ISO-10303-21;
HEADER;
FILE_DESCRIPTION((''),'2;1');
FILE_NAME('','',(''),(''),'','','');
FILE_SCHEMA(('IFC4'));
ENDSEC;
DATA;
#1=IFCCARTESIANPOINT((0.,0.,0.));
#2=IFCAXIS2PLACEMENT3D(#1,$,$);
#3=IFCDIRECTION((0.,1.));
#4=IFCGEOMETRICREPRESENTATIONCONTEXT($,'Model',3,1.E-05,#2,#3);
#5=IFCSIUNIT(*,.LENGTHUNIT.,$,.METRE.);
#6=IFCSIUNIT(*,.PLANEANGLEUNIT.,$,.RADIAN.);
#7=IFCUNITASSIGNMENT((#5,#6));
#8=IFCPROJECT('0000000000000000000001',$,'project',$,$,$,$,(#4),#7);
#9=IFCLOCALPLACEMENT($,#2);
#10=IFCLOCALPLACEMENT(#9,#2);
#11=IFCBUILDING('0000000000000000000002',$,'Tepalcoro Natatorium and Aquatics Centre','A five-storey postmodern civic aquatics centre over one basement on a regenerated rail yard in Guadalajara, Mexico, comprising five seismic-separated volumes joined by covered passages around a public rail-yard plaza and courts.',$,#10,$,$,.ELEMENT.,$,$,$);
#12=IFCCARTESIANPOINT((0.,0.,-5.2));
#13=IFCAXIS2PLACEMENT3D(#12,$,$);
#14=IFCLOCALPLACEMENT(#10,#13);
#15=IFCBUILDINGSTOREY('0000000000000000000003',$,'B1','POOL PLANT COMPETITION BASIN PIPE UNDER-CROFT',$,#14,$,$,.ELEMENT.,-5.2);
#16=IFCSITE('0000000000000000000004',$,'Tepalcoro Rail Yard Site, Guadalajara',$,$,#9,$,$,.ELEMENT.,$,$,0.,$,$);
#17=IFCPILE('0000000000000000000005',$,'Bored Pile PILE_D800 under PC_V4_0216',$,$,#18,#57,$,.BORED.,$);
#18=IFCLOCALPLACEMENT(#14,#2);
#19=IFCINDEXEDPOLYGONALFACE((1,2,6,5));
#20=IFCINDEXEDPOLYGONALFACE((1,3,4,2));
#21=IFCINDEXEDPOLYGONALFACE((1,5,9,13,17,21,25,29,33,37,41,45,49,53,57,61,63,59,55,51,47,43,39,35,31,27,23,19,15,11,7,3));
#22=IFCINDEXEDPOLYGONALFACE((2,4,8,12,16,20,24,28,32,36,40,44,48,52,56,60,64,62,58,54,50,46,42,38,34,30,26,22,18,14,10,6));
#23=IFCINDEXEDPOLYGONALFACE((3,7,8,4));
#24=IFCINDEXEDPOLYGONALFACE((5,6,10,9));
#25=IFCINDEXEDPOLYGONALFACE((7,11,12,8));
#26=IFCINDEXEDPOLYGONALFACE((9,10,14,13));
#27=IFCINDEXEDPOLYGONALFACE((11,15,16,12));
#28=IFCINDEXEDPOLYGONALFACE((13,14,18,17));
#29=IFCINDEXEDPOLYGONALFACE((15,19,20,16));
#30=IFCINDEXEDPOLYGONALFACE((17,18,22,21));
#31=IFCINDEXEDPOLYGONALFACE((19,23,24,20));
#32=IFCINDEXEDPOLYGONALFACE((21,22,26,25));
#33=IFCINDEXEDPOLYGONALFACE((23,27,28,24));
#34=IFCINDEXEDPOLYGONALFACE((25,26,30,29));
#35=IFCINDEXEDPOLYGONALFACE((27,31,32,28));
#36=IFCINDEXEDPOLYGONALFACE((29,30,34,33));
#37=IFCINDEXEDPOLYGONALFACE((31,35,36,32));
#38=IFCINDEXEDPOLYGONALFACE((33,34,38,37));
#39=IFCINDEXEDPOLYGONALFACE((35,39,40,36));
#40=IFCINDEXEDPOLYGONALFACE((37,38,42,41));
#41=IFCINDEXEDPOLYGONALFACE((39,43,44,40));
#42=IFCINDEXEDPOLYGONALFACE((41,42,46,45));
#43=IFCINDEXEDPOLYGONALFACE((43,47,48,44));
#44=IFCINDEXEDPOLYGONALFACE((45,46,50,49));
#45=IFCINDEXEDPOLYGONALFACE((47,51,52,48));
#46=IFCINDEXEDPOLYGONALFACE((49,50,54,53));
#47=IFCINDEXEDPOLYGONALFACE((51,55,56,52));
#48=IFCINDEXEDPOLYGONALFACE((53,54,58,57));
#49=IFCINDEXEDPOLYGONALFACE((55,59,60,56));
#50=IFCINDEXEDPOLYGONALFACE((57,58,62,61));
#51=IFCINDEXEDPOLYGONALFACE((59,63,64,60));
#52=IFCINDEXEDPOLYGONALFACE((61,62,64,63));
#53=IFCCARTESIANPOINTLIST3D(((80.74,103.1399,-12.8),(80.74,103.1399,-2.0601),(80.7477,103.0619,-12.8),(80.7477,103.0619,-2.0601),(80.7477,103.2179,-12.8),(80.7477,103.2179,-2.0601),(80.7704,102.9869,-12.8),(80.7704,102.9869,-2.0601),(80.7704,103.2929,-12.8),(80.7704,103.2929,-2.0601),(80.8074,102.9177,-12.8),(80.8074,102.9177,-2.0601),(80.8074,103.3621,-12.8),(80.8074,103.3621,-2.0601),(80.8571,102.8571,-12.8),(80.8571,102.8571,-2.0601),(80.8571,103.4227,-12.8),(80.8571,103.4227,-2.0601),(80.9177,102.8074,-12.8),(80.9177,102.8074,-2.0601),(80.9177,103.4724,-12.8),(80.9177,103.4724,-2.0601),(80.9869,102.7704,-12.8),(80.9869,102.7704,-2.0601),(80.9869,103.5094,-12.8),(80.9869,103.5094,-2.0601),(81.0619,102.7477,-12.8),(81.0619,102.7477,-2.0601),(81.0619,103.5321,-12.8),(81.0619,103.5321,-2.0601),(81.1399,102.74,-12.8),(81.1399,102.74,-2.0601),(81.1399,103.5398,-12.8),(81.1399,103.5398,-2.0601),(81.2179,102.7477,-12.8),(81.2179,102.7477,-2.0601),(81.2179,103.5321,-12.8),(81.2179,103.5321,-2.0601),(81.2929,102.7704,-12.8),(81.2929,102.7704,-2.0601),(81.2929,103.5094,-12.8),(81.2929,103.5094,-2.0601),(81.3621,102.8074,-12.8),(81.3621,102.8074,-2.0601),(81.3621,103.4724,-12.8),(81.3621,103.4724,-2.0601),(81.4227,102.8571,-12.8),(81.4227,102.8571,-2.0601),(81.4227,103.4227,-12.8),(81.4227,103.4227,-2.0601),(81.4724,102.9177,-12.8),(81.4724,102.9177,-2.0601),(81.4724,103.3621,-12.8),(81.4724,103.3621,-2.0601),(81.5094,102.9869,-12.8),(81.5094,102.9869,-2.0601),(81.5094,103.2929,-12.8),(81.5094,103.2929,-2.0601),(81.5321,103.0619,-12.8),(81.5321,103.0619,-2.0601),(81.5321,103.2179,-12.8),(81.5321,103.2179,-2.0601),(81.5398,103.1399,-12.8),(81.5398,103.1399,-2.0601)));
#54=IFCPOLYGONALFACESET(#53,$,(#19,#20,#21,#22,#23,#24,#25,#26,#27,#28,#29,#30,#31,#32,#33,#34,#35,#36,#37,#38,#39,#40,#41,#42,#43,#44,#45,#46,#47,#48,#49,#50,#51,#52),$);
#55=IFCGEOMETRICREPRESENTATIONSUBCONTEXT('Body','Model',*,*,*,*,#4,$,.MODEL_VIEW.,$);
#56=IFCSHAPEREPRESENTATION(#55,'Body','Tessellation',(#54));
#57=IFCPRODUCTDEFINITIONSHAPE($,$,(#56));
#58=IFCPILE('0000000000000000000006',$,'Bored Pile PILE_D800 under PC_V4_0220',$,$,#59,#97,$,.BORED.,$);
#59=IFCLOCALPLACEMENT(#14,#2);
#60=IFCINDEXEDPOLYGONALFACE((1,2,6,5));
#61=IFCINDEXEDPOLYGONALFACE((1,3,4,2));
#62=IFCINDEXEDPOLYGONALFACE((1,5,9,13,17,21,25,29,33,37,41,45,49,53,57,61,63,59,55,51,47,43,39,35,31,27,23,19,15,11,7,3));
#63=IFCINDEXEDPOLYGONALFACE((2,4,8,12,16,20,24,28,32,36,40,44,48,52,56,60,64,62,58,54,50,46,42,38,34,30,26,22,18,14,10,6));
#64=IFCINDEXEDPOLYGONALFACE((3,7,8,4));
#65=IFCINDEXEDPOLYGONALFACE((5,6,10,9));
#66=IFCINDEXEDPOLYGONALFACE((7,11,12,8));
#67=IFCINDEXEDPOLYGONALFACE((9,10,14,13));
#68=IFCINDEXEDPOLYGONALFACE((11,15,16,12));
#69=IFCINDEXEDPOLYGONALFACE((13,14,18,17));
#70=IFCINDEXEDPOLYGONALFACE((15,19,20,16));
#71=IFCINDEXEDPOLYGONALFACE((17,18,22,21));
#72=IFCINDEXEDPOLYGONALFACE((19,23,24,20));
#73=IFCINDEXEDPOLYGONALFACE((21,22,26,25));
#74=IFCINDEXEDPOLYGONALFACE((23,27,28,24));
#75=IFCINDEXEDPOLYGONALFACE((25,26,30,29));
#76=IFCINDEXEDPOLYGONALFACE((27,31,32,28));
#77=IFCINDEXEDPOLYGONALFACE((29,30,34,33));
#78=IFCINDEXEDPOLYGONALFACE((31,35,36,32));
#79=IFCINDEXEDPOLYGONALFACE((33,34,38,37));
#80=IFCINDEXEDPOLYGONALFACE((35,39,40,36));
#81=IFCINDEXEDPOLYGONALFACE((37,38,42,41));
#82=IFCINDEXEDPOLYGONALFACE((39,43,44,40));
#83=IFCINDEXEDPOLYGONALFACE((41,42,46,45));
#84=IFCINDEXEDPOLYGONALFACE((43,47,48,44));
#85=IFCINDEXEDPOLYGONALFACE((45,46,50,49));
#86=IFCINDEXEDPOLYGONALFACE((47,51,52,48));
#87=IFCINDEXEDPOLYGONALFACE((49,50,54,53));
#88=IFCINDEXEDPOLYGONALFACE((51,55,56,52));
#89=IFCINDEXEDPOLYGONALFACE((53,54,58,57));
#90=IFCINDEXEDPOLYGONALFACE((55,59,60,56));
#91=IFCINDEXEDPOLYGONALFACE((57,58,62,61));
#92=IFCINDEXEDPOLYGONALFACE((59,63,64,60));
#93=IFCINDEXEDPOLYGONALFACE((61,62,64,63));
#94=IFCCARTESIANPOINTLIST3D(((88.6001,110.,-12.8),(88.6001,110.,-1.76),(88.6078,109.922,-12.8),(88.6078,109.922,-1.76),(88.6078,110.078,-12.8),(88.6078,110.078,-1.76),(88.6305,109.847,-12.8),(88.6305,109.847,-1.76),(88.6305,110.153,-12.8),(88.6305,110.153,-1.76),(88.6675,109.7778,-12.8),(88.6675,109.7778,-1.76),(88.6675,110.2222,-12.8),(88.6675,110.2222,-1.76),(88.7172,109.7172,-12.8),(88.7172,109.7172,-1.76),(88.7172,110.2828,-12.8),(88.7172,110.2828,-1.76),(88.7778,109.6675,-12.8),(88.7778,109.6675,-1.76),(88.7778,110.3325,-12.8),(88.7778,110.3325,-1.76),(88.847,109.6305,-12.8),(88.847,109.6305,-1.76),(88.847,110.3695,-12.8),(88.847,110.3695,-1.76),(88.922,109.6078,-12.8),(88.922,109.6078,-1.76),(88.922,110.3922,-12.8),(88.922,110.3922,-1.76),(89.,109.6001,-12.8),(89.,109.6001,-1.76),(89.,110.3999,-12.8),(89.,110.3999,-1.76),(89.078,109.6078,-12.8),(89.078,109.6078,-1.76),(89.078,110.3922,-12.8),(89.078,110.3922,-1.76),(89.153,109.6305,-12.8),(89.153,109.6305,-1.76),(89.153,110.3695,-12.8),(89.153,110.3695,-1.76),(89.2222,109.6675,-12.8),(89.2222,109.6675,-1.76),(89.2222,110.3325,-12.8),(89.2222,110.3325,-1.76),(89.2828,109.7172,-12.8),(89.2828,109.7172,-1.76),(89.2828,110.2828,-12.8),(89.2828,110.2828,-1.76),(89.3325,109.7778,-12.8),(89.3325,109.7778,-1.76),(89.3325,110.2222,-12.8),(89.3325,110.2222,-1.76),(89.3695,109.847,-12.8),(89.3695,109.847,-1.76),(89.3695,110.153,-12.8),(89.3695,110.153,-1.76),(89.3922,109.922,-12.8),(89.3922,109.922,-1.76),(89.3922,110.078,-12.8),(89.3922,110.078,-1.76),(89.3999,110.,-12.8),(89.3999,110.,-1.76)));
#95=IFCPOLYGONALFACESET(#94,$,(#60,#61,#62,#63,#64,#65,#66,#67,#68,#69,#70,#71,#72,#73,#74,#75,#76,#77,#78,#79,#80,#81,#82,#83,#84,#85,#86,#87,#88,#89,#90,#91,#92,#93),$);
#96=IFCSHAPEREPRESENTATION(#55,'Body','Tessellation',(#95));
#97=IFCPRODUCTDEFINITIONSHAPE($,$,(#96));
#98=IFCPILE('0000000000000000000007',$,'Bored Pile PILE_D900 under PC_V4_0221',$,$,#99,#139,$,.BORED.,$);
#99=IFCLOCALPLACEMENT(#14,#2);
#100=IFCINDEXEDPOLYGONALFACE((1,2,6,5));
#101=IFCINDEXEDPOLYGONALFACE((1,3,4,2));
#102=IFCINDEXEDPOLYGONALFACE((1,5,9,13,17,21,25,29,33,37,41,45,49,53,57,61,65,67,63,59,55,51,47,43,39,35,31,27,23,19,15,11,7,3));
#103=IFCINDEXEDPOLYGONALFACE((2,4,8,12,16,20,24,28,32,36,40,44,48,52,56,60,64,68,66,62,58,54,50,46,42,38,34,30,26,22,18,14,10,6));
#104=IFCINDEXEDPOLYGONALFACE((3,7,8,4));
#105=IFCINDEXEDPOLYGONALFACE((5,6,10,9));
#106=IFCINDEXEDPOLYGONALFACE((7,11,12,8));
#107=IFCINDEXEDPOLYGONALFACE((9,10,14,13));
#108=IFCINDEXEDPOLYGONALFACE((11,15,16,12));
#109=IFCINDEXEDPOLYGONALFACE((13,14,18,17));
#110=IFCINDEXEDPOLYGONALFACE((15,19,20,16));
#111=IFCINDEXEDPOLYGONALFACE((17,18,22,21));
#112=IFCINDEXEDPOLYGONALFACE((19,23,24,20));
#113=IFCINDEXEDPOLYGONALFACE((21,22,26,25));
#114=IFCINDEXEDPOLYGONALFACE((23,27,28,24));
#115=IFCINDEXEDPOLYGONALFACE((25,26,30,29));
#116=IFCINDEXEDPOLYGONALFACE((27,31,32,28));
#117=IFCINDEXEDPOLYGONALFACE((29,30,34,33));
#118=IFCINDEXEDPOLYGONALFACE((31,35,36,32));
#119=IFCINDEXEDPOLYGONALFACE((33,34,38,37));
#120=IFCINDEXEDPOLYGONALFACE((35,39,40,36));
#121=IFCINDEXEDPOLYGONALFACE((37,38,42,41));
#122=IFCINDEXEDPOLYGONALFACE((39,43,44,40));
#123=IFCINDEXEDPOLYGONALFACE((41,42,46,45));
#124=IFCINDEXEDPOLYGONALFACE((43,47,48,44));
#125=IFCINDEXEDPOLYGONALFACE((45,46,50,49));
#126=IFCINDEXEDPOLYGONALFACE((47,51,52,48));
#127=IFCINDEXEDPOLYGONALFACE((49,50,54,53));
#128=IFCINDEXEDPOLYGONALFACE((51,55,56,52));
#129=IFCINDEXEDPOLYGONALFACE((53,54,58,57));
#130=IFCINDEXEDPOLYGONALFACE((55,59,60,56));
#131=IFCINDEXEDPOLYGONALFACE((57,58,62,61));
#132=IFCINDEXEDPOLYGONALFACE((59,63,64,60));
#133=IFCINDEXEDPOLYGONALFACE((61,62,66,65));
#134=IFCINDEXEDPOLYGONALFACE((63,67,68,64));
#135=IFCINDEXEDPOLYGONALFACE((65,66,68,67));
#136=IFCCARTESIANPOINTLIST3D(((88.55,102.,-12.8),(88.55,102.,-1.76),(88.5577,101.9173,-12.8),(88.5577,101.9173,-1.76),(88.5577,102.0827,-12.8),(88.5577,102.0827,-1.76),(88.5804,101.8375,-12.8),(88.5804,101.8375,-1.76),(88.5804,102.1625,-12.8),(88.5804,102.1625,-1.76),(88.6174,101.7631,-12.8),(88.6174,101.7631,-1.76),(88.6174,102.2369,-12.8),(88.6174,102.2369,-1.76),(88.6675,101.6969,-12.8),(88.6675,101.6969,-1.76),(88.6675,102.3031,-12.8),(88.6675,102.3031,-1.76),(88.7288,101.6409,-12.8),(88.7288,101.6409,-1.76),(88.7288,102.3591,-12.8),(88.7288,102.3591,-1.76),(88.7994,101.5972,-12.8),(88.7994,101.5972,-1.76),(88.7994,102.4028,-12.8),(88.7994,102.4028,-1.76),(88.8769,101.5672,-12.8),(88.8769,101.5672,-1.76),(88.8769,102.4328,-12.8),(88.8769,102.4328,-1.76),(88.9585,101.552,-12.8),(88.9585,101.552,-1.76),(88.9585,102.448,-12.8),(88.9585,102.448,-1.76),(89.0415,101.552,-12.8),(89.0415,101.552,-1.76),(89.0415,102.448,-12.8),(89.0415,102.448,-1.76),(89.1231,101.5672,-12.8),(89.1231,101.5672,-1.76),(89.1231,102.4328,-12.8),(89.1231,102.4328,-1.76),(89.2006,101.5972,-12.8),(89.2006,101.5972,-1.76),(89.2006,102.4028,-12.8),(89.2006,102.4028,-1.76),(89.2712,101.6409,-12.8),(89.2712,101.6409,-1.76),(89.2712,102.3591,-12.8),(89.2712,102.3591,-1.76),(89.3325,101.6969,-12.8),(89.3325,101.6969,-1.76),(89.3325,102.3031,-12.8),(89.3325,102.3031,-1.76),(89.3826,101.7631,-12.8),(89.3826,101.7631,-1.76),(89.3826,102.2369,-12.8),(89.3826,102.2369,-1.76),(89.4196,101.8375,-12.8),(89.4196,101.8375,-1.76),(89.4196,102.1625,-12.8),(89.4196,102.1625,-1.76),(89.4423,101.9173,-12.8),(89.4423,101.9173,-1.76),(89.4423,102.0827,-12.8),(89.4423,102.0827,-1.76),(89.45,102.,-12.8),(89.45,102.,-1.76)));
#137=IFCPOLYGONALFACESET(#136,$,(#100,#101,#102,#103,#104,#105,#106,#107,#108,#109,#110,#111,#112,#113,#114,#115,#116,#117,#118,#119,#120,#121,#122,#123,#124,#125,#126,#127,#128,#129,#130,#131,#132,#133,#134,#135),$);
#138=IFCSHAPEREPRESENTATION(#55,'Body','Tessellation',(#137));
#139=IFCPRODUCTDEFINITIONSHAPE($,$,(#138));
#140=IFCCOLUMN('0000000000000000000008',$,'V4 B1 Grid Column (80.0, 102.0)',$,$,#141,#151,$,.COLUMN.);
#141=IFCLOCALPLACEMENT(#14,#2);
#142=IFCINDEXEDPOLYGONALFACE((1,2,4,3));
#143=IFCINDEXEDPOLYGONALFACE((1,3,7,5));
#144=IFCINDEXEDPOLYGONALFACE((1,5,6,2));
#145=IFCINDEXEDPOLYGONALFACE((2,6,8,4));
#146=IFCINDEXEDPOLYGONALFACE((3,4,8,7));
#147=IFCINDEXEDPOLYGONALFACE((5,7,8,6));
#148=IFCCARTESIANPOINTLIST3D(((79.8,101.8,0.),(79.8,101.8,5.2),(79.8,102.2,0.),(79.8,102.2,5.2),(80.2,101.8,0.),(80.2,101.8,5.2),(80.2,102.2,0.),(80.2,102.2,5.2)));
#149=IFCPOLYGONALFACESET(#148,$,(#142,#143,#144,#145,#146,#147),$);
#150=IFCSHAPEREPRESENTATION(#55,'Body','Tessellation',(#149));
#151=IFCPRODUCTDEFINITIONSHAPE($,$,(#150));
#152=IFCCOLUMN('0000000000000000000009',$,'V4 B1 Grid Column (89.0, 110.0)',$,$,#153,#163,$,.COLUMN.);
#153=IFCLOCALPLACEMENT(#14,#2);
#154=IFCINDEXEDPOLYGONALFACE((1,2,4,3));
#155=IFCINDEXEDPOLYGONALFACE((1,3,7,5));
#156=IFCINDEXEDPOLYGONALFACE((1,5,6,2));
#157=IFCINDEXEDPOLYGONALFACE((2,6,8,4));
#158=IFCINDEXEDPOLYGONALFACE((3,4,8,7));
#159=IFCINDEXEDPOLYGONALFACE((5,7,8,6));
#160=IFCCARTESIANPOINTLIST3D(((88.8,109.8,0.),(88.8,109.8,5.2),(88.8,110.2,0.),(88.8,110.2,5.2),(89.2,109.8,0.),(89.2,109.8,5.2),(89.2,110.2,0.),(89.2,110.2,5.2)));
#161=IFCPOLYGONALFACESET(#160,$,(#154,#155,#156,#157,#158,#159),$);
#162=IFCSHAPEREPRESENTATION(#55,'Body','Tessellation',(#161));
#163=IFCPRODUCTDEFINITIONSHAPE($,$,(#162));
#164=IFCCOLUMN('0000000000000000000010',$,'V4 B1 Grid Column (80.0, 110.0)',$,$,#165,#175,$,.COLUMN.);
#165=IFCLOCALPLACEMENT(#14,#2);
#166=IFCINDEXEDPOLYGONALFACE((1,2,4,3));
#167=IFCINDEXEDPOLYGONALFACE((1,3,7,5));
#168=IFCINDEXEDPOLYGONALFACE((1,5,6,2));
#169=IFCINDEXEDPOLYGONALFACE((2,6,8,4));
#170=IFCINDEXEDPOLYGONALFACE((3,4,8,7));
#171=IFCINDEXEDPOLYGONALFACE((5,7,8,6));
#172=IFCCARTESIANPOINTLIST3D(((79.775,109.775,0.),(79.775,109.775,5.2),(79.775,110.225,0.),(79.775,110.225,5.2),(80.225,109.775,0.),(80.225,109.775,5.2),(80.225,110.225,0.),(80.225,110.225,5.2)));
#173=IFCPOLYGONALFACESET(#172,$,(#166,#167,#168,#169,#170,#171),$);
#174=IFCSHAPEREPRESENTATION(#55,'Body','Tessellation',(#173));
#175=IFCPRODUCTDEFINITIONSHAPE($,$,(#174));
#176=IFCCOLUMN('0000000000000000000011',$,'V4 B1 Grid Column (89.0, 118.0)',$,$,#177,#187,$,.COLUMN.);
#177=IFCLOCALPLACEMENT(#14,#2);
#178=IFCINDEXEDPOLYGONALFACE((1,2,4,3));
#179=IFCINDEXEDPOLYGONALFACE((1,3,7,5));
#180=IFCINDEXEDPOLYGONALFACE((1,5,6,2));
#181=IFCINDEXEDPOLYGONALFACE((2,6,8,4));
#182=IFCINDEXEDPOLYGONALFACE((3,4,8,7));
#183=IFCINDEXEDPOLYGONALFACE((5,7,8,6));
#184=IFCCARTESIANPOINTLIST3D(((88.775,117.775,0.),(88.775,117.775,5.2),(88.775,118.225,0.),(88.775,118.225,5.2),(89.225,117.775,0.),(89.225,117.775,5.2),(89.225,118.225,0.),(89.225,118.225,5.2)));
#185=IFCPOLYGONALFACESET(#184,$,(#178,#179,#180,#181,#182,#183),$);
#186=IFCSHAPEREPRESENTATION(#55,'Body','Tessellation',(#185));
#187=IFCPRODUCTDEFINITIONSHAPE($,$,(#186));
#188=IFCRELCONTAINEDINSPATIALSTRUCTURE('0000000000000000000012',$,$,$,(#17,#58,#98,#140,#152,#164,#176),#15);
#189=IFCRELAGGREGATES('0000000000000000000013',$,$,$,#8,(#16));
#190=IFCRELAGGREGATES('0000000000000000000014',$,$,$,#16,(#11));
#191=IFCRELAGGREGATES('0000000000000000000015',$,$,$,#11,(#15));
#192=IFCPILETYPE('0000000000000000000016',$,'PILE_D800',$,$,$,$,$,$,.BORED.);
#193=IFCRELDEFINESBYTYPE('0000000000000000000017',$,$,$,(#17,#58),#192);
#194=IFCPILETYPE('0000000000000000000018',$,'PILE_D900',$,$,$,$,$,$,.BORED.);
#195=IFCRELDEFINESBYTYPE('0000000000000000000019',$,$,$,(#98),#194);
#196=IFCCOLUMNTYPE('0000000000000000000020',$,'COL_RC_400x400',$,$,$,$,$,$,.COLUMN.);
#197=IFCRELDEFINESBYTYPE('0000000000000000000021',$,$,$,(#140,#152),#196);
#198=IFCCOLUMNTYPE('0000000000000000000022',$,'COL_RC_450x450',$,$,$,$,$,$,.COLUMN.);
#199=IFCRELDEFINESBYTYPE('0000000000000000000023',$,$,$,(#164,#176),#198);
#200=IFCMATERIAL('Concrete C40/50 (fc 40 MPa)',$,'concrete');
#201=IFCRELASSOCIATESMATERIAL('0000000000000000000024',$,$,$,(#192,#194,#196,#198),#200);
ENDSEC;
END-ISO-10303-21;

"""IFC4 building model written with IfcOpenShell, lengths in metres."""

from ifc_helpers import new_model, si_unit, direction, frame, origin, origin_2d, place, context, subcontext, project, spatial, rectangle, circle, extrude, material, material_profile, profile_set, type_object, element, save


model = new_model("IFC4")

# Units and contexts
model_context = context("Model", 3, precision=1e-05, world=origin(), true_north=direction((0.0, 1.0)))
body_context = subcontext(model_context, "Body", "Model", "MODEL_VIEW")
ifc_project = project(units=[si_unit("LENGTHUNIT", "METRE"), si_unit("PLANEANGLEUNIT", "RADIAN")], contexts=[model_context])

# Site, building, storey
site_placement = place(None, origin())
site = spatial("IfcSite", under=ifc_project, at=site_placement, Name="Tepalcoro Rail Yard Site, Guadalajara", CompositionType="ELEMENT", RefElevation=0.0)
building_placement = place(site_placement, origin())
building = spatial("IfcBuilding", under=site, at=building_placement, Name="Tepalcoro Natatorium and Aquatics Centre", Description="A five-storey postmodern civic aquatics centre over one basement on a regenerated rail yard in Guadalajara, Mexico, comprising five seismic-separated volumes joined by covered passages around a public rail-yard plaza and courts.", CompositionType="ELEMENT")
storey_placement = place(building_placement, frame((0.0, 0.0, -5.2)))
storey = spatial("IfcBuildingStorey", under=building, at=storey_placement, Name="B1", Description="POOL PLANT COMPETITION BASIN PIPE UNDER-CROFT", CompositionType="ELEMENT", Elevation=-5.2)

# Piles
ifc_material_1 = material(Name="Concrete C40/50 (fc 40 MPa)", Category="concrete")
ifc_material_profile_1 = material_profile(ifc_material_1, circle(Radius=0.3999, at=origin_2d()), Name="PILE_D800")
ifc_profile_set_1 = profile_set([ifc_material_profile_1], Name="Concrete C40/50 (fc 40 MPa)")
pile_type_1 = type_object("IfcPileType", Name="PILE_D800", PredefinedType="BORED", material=ifc_profile_set_1)
for number, where, z_axis, x_axis, name in (
    (1, (81.1399, 103.1399, -2.0601), (0.0, 0.0, -1.0), (1.0, 0.0, 0.0), "Bored Pile PILE_D800 under PC_V4_0216"),
):
    element("IfcPile", number, at=place(storey_placement, frame(where, z_axis=z_axis, x_axis=x_axis)), inside=storey, type_object=pile_type_1, Name=name, PredefinedType="BORED", context=body_context, shape_type="SweptSolid", body=[
        extrude(circle(Radius=0.3999, at=origin_2d()), origin(), (0.0, 0.0, 1.0), 10.74),
    ])
pile_1_placement = place(storey_placement, frame((89.0, 110.0, -1.76), z_axis=(0.0, 0.0, -1.0), x_axis=(1.0, 0.0, 0.0)))
element("IfcPile", 2, at=pile_1_placement, inside=storey, type_object=pile_type_1, Name="Bored Pile PILE_D800 under PC_V4_0220", PredefinedType="BORED", context=body_context, shape_type="SweptSolid", body=[
    extrude(circle(Radius=0.3999, at=origin_2d()), origin(), (0.0, 0.0, 1.0), 11.04),
])
ifc_material_profile_2 = material_profile(ifc_material_1, circle(Radius=0.45, at=origin_2d()), Name="PILE_D900")
ifc_profile_set_2 = profile_set([ifc_material_profile_2], Name="Concrete C40/50 (fc 40 MPa)")
pile_type_2 = type_object("IfcPileType", Name="PILE_D900", PredefinedType="BORED", material=ifc_profile_set_2)
pile_2_placement = place(storey_placement, frame((89.0, 102.0, -1.76), z_axis=(0.0, 0.0, -1.0), x_axis=(1.0, 0.0, 0.0)))
element("IfcPile", 3, at=pile_2_placement, inside=storey, type_object=pile_type_2, Name="Bored Pile PILE_D900 under PC_V4_0221", PredefinedType="BORED", context=body_context, shape_type="SweptSolid", body=[
    extrude(circle(Radius=0.45, at=origin_2d()), origin(), (0.0, 0.0, 1.0), 11.04),
])

# Columns
ifc_material_profile_3 = material_profile(ifc_material_1, rectangle(XDim=0.3999, YDim=0.3999, at=origin_2d()), Name="RC400x400")
ifc_profile_set_3 = profile_set([ifc_material_profile_3], Name="Concrete C40/50 (fc 40 MPa)")
column_type_1 = type_object("IfcColumnType", Name="COL_RC_400x400", PredefinedType="COLUMN", material=ifc_profile_set_3)
for number, where, z_axis, x_axis, name in (
    (4, (80.0, 102.0, 0.0), (0.0, 0.0, 1.0), (1.0, 0.0, 0.0), "V4 B1 Grid Column (80.0, 102.0)"),
    (5, (89.0, 110.0, 0.0), (0.0, 0.0, 1.0), (1.0, 0.0, 0.0), "V4 B1 Grid Column (89.0, 110.0)"),
):
    element("IfcColumn", number, at=place(storey_placement, frame(where, z_axis=z_axis, x_axis=x_axis)), inside=storey, type_object=column_type_1, Name=name, PredefinedType="COLUMN", context=body_context, shape_type="SweptSolid", body=[
        extrude(rectangle(XDim=0.3999, YDim=0.3999, at=origin_2d()), origin(), (0.0, 0.0, 1.0), 5.2),
    ])
ifc_material_profile_4 = material_profile(ifc_material_1, rectangle(XDim=0.45, YDim=0.45, at=origin_2d()), Name="RC450x450")
ifc_profile_set_4 = profile_set([ifc_material_profile_4], Name="Concrete C40/50 (fc 40 MPa)")
column_type_2 = type_object("IfcColumnType", Name="COL_RC_450x450", PredefinedType="COLUMN", material=ifc_profile_set_4)
for number, where, z_axis, x_axis, name in (
    (6, (80.0, 110.0, 0.0), (0.0, 0.0, 1.0), (1.0, 0.0, 0.0), "V4 B1 Grid Column (80.0, 110.0)"),
    (7, (89.0, 118.0, 0.0), (0.0, 0.0, 1.0), (1.0, 0.0, 0.0), "V4 B1 Grid Column (89.0, 118.0)"),
):
    element("IfcColumn", number, at=place(storey_placement, frame(where, z_axis=z_axis, x_axis=x_axis)), inside=storey, type_object=column_type_2, Name=name, PredefinedType="COLUMN", context=body_context, shape_type="SweptSolid", body=[
        extrude(rectangle(XDim=0.45, YDim=0.45, at=origin_2d()), origin(), (0.0, 0.0, 1.0), 5.2),
    ])

save(model, "model.ifc")
